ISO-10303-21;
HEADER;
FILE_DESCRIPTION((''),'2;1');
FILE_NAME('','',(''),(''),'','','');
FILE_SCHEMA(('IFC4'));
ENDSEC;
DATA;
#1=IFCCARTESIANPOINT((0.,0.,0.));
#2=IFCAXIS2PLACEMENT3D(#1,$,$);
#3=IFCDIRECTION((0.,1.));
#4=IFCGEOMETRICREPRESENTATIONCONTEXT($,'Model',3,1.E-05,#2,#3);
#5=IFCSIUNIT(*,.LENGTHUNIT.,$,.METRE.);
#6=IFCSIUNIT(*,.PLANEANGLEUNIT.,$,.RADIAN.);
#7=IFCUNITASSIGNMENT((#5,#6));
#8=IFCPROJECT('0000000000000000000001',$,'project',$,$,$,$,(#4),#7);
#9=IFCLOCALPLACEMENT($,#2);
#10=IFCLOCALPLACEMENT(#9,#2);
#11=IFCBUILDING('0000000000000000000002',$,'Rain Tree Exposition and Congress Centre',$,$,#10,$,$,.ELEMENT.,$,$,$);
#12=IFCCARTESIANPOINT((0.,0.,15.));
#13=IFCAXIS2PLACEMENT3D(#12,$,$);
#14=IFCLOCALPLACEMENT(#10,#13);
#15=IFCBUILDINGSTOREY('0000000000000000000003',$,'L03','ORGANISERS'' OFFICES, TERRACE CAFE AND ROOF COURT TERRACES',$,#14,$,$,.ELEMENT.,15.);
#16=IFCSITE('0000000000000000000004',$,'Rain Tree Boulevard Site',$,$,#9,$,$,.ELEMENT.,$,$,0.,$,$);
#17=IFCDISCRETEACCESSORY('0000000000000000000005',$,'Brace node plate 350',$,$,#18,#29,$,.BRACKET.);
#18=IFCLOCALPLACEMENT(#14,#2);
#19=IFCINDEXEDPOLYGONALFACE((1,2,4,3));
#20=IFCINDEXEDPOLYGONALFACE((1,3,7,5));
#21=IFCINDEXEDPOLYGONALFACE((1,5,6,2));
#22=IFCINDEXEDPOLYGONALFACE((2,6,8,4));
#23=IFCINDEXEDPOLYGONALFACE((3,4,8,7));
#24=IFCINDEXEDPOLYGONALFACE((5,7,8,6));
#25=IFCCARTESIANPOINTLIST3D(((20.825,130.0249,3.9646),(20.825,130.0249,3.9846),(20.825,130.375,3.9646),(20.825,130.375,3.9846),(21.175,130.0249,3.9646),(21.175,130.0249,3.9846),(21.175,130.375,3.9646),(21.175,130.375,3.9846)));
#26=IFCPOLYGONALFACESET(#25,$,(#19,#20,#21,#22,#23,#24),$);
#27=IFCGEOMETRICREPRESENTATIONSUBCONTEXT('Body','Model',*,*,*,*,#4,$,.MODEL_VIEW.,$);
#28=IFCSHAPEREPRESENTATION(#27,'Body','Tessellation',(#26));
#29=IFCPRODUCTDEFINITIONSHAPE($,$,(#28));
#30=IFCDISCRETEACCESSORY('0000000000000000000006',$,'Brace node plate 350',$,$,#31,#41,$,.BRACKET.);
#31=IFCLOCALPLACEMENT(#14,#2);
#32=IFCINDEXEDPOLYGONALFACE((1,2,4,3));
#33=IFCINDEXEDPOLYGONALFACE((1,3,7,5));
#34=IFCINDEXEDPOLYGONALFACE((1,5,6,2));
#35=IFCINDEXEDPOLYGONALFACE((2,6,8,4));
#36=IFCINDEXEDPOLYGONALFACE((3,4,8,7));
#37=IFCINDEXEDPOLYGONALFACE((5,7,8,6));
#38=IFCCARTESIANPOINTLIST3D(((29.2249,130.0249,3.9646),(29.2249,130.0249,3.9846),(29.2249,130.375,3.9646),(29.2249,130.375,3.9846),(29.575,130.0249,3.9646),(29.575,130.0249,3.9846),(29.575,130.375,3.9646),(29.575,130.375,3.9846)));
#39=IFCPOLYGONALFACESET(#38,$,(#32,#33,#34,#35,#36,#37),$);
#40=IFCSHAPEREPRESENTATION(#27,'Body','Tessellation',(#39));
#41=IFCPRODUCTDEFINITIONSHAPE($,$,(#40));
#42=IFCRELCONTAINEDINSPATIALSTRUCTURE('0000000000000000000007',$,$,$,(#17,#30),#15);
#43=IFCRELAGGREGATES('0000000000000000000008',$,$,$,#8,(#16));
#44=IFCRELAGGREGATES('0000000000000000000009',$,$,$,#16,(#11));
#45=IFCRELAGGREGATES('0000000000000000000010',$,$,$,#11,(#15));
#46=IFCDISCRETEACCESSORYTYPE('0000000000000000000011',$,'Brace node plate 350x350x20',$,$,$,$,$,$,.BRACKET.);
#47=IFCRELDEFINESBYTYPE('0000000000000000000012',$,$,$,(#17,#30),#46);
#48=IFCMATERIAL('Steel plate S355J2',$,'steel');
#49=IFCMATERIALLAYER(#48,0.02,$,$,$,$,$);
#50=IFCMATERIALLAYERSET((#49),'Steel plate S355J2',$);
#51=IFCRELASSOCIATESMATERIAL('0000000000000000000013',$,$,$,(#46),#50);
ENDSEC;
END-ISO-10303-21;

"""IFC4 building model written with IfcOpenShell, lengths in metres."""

from ifc_helpers import new_model, si_unit, direction, frame, origin, origin_2d, place, context, subcontext, project, spatial, rectangle, extrude, material, layer, layer_set, type_object, element, save


model = new_model("IFC4")

# Units and contexts
model_context = context("Model", 3, precision=1e-05, world=origin(), true_north=direction((0.0, 1.0)))
body_context = subcontext(model_context, "Body", "Model", "MODEL_VIEW")
ifc_project = project(units=[si_unit("LENGTHUNIT", "METRE"), si_unit("PLANEANGLEUNIT", "RADIAN")], contexts=[model_context])

# Site, building, storey
site_placement = place(None, origin())
site = spatial("IfcSite", under=ifc_project, at=site_placement, Name="Rain Tree Boulevard Site", CompositionType="ELEMENT", RefElevation=0.0)
building_placement = place(site_placement, origin())
building = spatial("IfcBuilding", under=site, at=building_placement, Name="Rain Tree Exposition and Congress Centre", CompositionType="ELEMENT")
storey_placement = place(building_placement, frame((0.0, 0.0, 15.0)))
storey = spatial("IfcBuildingStorey", under=building, at=storey_placement, Name="L03", Description="ORGANISERS' OFFICES, TERRACE CAFE AND ROOF COURT TERRACES", CompositionType="ELEMENT", Elevation=15.0)

# Discrete accessories
ifc_material_1 = material(Name="Steel plate S355J2", Category="steel")
ifc_layer = layer(ifc_material_1, 0.02)
ifc_layer_set = layer_set([ifc_layer], Name="Steel plate S355J2")
discrete_accessory_type = type_object("IfcDiscreteAccessoryType", Name="Brace node plate 350x350x20", PredefinedType="BRACKET", material=ifc_layer_set)
for number, where, z_axis, x_axis, name in (
    (1, (21.0, 130.2, 3.9646), (0.0, 0.0, 1.0), (1.0, 0.0, 0.0), "Brace node plate 350"),
    (2, (29.3999, 130.2, 3.9646), (0.0, 0.0, 1.0), (1.0, 0.0, 0.0), "Brace node plate 350"),
):
    element("IfcDiscreteAccessory", number, at=place(storey_placement, frame(where, z_axis=z_axis, x_axis=x_axis)), inside=storey, type_object=discrete_accessory_type, Name=name, PredefinedType="BRACKET", context=body_context, shape_type="SweptSolid", body=[
        extrude(rectangle(XDim=0.3501, YDim=0.3501, at=origin_2d()), origin(), (0.0, 0.0, 1.0), 0.02),
    ])

save(model, "model.ifc")
